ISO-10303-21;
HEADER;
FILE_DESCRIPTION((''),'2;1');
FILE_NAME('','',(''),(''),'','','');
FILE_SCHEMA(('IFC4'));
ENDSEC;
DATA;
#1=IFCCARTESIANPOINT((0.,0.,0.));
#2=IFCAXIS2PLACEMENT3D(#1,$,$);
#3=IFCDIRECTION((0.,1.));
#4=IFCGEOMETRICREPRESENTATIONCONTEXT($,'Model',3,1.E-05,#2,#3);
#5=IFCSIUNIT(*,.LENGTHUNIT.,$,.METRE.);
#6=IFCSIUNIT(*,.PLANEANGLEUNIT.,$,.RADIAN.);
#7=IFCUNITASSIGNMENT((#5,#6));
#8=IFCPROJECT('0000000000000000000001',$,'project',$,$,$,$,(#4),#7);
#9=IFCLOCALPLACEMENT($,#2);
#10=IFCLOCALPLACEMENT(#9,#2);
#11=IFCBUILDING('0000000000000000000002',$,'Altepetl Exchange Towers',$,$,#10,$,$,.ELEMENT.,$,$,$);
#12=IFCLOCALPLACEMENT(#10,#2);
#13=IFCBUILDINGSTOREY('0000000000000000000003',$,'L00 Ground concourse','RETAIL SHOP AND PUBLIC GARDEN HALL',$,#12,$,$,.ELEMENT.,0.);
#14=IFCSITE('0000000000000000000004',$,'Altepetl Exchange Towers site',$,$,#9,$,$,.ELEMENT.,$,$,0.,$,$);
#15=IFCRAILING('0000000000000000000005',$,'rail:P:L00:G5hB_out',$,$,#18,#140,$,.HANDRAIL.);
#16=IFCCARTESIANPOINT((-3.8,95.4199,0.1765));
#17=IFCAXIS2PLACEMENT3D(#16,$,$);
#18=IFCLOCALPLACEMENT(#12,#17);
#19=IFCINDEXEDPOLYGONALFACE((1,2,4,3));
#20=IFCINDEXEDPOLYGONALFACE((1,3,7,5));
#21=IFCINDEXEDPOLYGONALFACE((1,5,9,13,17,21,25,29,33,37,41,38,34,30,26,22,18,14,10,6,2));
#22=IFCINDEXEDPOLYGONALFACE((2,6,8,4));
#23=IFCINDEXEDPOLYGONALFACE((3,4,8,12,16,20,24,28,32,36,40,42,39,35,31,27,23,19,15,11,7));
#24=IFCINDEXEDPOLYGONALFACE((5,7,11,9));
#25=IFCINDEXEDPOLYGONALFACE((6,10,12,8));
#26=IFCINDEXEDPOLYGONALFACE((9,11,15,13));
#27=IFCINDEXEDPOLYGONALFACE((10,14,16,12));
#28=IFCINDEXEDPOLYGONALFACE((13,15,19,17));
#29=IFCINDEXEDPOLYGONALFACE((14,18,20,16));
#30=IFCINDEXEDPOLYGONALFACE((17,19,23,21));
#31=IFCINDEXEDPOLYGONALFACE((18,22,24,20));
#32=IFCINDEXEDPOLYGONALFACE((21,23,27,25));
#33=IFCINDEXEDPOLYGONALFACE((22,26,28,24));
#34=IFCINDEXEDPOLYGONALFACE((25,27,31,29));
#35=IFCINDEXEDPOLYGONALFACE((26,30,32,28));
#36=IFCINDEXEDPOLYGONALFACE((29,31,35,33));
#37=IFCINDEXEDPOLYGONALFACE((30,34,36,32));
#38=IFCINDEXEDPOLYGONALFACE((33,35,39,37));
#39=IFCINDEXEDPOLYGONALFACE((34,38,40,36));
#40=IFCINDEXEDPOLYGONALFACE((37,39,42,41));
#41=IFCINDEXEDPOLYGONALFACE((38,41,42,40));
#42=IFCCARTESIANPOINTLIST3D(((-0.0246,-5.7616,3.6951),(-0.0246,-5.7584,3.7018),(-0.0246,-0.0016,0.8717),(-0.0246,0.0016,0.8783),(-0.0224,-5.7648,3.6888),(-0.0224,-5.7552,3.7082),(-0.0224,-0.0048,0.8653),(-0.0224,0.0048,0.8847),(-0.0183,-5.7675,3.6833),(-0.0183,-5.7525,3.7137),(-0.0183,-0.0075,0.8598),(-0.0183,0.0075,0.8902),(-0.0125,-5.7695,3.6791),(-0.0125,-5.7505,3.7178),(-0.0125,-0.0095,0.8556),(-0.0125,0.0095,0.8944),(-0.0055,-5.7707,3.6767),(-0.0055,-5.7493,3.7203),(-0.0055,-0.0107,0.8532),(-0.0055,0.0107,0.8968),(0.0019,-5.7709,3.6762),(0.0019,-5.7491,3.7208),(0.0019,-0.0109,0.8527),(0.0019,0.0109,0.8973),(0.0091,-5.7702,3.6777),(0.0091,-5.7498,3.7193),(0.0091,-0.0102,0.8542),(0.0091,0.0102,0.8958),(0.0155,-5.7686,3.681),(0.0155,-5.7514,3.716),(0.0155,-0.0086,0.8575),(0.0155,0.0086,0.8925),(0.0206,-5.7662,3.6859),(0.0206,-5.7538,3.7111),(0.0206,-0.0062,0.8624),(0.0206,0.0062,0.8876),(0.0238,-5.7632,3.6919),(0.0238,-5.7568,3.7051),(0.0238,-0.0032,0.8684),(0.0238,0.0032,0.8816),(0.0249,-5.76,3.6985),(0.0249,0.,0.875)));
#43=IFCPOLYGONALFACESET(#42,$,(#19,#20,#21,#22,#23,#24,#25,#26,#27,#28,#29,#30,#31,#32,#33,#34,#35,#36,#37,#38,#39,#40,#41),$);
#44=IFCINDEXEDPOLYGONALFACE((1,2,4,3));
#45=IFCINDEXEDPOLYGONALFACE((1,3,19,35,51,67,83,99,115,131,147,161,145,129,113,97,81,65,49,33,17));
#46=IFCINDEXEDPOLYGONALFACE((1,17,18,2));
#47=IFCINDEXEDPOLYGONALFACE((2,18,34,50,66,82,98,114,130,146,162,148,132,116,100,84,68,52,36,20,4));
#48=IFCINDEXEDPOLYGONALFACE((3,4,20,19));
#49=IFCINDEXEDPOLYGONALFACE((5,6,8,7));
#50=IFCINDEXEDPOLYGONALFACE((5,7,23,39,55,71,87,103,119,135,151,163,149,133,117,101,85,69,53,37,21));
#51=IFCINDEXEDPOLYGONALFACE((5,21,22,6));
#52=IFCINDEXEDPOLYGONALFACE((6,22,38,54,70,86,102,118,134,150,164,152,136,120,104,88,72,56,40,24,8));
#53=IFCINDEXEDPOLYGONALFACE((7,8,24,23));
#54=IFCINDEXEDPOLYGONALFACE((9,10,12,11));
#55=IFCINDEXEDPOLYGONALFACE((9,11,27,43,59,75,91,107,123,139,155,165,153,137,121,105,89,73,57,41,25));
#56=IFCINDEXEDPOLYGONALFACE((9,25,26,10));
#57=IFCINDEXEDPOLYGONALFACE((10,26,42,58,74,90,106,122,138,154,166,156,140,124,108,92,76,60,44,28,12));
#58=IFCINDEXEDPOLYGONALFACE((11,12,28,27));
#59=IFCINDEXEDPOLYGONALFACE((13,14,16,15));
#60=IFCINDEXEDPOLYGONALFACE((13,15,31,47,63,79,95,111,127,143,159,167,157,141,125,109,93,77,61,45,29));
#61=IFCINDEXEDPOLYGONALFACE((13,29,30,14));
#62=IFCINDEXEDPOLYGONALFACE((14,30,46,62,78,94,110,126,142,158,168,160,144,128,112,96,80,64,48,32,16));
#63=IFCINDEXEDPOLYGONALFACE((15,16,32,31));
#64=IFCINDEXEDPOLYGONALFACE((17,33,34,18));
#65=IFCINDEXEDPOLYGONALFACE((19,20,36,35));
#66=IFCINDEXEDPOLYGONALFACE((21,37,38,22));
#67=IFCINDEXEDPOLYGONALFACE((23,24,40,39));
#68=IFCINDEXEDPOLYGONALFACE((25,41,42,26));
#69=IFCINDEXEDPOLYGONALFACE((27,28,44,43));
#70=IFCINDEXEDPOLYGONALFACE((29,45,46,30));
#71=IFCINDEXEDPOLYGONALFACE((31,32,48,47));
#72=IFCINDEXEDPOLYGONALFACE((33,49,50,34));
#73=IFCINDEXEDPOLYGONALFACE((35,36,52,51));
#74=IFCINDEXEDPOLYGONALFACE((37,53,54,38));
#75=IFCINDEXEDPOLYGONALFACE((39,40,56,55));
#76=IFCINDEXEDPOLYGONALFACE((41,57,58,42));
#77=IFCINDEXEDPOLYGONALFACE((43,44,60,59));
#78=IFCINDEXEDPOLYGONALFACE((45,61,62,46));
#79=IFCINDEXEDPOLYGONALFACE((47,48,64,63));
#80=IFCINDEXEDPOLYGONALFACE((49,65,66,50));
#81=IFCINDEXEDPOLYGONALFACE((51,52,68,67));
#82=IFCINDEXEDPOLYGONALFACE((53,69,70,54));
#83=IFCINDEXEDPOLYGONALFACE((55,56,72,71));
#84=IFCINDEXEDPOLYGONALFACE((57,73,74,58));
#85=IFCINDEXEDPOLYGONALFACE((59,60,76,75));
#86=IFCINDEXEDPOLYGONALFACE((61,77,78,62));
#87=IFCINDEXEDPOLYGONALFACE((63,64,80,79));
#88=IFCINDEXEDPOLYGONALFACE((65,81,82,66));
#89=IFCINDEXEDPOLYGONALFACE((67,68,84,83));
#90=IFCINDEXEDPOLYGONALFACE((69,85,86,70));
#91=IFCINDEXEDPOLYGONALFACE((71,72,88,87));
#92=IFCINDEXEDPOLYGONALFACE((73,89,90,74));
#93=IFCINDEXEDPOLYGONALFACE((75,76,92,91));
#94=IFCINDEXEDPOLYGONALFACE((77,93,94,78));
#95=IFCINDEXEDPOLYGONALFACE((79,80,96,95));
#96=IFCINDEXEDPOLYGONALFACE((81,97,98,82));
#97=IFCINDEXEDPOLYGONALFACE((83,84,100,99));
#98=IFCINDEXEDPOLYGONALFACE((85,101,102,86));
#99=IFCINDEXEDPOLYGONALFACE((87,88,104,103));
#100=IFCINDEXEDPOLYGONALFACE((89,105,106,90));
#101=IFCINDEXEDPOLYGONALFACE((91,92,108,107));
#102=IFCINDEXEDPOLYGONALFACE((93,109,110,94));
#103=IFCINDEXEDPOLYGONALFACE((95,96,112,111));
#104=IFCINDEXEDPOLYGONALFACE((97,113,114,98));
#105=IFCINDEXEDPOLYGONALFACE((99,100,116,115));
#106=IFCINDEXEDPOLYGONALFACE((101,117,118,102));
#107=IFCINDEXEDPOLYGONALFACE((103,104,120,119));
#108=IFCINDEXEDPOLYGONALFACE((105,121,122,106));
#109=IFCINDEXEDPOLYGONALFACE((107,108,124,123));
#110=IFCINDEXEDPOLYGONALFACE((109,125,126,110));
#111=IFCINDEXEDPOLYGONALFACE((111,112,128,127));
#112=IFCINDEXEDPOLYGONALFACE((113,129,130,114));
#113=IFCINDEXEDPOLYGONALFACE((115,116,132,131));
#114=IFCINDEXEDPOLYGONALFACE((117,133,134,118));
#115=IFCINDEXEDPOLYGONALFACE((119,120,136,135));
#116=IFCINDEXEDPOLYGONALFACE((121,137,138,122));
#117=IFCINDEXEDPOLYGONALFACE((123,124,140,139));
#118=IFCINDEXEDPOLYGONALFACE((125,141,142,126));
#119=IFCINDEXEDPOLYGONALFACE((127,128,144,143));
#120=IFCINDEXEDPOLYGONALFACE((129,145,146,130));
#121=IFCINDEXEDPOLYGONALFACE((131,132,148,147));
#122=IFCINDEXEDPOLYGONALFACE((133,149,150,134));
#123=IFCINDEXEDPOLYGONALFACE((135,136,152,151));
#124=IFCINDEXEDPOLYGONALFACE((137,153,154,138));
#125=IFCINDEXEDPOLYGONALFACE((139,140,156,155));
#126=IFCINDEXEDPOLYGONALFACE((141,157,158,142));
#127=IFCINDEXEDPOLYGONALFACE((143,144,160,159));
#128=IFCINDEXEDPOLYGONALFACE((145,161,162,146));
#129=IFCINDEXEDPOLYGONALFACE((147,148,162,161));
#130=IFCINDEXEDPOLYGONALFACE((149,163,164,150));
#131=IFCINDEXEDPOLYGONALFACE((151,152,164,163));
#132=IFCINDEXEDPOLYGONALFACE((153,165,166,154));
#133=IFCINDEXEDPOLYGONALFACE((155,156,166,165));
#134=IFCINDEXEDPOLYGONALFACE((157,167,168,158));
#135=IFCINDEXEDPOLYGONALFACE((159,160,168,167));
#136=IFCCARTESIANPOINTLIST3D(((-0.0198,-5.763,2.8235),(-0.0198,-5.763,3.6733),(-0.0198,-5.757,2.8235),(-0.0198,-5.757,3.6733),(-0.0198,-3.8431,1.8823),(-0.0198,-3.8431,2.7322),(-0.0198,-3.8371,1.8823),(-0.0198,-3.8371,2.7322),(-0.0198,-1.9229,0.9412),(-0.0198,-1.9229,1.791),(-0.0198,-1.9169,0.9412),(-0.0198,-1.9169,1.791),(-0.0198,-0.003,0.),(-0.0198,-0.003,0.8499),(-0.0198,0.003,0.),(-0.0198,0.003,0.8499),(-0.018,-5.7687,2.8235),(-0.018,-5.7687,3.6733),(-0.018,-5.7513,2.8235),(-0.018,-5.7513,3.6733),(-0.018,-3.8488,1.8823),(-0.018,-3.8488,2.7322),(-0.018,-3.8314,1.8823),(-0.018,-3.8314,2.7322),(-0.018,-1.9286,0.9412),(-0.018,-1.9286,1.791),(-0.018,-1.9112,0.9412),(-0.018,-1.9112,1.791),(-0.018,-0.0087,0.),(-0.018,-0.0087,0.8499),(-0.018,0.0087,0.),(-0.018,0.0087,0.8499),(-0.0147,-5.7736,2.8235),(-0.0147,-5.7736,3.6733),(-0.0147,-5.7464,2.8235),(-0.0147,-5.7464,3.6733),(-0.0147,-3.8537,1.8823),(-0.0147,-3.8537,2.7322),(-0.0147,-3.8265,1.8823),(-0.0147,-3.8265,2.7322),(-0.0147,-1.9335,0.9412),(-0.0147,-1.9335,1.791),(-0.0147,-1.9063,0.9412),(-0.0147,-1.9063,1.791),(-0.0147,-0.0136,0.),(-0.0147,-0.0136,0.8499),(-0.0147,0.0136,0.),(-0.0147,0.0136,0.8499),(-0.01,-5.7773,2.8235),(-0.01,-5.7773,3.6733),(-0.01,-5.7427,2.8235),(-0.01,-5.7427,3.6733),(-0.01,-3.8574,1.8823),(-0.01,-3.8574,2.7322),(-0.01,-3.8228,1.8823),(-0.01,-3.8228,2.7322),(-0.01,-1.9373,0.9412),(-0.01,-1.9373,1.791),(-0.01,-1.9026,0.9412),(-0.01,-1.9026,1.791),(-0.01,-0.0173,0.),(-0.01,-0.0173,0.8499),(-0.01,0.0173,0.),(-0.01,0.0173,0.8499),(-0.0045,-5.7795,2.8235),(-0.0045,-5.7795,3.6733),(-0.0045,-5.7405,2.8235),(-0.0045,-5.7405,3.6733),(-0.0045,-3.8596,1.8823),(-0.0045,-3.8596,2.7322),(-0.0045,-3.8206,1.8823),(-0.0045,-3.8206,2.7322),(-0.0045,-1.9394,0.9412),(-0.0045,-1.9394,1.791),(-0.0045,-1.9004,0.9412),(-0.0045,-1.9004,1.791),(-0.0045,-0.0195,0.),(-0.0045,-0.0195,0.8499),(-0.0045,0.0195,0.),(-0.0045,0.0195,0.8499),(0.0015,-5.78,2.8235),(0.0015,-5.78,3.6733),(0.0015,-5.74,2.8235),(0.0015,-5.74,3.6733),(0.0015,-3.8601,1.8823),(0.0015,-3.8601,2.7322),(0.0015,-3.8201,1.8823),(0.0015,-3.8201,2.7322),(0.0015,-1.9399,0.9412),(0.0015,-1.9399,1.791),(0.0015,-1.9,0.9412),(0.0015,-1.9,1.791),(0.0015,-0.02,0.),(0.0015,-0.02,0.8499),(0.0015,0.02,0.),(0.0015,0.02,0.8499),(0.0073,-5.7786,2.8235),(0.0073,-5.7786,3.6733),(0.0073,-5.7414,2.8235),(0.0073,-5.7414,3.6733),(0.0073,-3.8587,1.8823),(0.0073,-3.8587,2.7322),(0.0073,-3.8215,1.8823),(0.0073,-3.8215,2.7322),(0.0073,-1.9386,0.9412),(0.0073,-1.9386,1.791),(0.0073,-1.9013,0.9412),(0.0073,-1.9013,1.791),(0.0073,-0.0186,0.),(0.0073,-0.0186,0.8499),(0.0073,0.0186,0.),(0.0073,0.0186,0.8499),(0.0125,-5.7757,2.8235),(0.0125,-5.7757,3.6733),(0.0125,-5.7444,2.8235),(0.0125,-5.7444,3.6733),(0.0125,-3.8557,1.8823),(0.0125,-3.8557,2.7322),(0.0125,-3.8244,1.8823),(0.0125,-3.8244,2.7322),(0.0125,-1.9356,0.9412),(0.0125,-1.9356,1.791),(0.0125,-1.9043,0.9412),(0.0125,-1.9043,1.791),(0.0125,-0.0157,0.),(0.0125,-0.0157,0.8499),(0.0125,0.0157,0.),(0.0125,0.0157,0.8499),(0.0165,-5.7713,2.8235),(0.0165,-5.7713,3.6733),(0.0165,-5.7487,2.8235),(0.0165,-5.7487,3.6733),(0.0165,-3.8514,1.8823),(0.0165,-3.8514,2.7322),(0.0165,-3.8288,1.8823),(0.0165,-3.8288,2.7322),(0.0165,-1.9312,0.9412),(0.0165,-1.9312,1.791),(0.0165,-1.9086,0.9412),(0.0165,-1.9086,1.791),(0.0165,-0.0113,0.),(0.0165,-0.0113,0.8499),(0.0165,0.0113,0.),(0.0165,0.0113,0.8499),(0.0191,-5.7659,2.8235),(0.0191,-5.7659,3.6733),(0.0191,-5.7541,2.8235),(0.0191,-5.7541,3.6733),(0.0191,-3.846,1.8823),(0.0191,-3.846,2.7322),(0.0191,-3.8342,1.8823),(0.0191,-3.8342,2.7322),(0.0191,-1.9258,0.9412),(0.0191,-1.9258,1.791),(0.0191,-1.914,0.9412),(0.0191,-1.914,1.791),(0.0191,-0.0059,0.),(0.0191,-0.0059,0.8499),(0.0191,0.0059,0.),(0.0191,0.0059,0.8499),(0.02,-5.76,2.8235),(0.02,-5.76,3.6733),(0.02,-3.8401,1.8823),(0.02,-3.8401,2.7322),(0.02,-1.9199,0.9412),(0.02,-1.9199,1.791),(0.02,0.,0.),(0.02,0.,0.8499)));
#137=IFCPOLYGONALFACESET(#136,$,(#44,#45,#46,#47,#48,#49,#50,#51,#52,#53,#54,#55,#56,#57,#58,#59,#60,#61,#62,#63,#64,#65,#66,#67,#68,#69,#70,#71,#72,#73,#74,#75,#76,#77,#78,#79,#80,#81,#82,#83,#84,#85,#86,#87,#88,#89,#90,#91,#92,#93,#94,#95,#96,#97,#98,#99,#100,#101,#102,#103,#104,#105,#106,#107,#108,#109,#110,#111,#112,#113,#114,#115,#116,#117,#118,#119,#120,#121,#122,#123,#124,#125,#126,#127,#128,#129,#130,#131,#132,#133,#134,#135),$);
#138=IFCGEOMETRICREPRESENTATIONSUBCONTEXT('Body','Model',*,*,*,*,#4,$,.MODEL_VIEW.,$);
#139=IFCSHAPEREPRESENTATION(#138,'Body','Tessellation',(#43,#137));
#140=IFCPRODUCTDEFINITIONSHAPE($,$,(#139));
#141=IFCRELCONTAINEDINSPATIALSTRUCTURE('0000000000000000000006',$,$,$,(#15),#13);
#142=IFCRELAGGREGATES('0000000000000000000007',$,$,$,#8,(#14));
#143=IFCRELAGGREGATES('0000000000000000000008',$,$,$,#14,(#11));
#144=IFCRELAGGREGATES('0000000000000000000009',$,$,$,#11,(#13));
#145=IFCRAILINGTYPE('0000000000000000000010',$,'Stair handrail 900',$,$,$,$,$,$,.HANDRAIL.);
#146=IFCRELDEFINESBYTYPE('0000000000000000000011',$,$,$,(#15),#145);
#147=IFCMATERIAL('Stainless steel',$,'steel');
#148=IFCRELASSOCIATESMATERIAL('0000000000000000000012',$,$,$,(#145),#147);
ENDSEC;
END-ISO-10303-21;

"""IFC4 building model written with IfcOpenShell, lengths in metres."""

from ifc_helpers import new_model, si_unit, direction, frame, origin, origin_2d, place, context, subcontext, project, spatial, circle, extrude, source, transform, mapped, material, type_object, element, save


model = new_model("IFC4")

# Units and contexts
model_context = context("Model", 3, precision=1e-05, world=origin(), true_north=direction((0.0, 1.0)))
body_context = subcontext(model_context, "Body", "Model", "MODEL_VIEW")
ifc_project = project(units=[si_unit("LENGTHUNIT", "METRE"), si_unit("PLANEANGLEUNIT", "RADIAN")], contexts=[model_context])

# Site, building, storey
site_placement = place(None, origin())
site = spatial("IfcSite", under=ifc_project, at=site_placement, Name="Altepetl Exchange Towers site", CompositionType="ELEMENT", RefElevation=0.0)
building_placement = place(site_placement, origin())
building = spatial("IfcBuilding", under=site, at=building_placement, Name="Altepetl Exchange Towers", CompositionType="ELEMENT")
storey_placement = place(building_placement, origin())
storey = spatial("IfcBuildingStorey", under=building, at=storey_placement, Name="L00 Ground concourse", Description="RETAIL SHOP AND PUBLIC GARDEN HALL", CompositionType="ELEMENT", Elevation=0.0)

# Railing
ifc_material_1 = material(Name="Stainless steel", Category="steel")
railing_type_1 = type_object("IfcRailingType", Name="Stair handrail 900", PredefinedType="HANDRAIL", material=ifc_material_1)
shared_shape_1 = source(origin(), body_context, "Body", "SweptSolid", [
    extrude(circle(Radius=0.02, at=origin_2d()), origin(), (0.0, 0.0, 1.0), 0.8499),
])
for number, where, name in (
    (1, (-3.8, 95.4199, 0.1765), "rail:P:L00:G5hB_out"),
):
    element("IfcRailing", number, at=place(storey_placement, frame(where)), inside=storey, type_object=railing_type_1, Name=name, PredefinedType="HANDRAIL", context=body_context, shape_type="SweptSolid", body=[
        extrude(circle(Radius=0.0249, at=origin_2d()), frame((0.0, 0.0, 0.875), z_axis=(0.0, -0.897924, 0.440151), x_axis=(1.0, 0.0, 0.0)), (0.0, 0.0, 1.0), 6.4148),
        mapped(shared_shape_1, transform((0.0, 0.0, 0.0))),
        mapped(shared_shape_1, transform((0.0, -1.9199, 0.9412))),
        mapped(shared_shape_1, transform((0.0, -3.8401, 1.8823))),
        mapped(shared_shape_1, transform((0.0, -5.76, 2.8235))),
    ])

save(model, "model.ifc")
